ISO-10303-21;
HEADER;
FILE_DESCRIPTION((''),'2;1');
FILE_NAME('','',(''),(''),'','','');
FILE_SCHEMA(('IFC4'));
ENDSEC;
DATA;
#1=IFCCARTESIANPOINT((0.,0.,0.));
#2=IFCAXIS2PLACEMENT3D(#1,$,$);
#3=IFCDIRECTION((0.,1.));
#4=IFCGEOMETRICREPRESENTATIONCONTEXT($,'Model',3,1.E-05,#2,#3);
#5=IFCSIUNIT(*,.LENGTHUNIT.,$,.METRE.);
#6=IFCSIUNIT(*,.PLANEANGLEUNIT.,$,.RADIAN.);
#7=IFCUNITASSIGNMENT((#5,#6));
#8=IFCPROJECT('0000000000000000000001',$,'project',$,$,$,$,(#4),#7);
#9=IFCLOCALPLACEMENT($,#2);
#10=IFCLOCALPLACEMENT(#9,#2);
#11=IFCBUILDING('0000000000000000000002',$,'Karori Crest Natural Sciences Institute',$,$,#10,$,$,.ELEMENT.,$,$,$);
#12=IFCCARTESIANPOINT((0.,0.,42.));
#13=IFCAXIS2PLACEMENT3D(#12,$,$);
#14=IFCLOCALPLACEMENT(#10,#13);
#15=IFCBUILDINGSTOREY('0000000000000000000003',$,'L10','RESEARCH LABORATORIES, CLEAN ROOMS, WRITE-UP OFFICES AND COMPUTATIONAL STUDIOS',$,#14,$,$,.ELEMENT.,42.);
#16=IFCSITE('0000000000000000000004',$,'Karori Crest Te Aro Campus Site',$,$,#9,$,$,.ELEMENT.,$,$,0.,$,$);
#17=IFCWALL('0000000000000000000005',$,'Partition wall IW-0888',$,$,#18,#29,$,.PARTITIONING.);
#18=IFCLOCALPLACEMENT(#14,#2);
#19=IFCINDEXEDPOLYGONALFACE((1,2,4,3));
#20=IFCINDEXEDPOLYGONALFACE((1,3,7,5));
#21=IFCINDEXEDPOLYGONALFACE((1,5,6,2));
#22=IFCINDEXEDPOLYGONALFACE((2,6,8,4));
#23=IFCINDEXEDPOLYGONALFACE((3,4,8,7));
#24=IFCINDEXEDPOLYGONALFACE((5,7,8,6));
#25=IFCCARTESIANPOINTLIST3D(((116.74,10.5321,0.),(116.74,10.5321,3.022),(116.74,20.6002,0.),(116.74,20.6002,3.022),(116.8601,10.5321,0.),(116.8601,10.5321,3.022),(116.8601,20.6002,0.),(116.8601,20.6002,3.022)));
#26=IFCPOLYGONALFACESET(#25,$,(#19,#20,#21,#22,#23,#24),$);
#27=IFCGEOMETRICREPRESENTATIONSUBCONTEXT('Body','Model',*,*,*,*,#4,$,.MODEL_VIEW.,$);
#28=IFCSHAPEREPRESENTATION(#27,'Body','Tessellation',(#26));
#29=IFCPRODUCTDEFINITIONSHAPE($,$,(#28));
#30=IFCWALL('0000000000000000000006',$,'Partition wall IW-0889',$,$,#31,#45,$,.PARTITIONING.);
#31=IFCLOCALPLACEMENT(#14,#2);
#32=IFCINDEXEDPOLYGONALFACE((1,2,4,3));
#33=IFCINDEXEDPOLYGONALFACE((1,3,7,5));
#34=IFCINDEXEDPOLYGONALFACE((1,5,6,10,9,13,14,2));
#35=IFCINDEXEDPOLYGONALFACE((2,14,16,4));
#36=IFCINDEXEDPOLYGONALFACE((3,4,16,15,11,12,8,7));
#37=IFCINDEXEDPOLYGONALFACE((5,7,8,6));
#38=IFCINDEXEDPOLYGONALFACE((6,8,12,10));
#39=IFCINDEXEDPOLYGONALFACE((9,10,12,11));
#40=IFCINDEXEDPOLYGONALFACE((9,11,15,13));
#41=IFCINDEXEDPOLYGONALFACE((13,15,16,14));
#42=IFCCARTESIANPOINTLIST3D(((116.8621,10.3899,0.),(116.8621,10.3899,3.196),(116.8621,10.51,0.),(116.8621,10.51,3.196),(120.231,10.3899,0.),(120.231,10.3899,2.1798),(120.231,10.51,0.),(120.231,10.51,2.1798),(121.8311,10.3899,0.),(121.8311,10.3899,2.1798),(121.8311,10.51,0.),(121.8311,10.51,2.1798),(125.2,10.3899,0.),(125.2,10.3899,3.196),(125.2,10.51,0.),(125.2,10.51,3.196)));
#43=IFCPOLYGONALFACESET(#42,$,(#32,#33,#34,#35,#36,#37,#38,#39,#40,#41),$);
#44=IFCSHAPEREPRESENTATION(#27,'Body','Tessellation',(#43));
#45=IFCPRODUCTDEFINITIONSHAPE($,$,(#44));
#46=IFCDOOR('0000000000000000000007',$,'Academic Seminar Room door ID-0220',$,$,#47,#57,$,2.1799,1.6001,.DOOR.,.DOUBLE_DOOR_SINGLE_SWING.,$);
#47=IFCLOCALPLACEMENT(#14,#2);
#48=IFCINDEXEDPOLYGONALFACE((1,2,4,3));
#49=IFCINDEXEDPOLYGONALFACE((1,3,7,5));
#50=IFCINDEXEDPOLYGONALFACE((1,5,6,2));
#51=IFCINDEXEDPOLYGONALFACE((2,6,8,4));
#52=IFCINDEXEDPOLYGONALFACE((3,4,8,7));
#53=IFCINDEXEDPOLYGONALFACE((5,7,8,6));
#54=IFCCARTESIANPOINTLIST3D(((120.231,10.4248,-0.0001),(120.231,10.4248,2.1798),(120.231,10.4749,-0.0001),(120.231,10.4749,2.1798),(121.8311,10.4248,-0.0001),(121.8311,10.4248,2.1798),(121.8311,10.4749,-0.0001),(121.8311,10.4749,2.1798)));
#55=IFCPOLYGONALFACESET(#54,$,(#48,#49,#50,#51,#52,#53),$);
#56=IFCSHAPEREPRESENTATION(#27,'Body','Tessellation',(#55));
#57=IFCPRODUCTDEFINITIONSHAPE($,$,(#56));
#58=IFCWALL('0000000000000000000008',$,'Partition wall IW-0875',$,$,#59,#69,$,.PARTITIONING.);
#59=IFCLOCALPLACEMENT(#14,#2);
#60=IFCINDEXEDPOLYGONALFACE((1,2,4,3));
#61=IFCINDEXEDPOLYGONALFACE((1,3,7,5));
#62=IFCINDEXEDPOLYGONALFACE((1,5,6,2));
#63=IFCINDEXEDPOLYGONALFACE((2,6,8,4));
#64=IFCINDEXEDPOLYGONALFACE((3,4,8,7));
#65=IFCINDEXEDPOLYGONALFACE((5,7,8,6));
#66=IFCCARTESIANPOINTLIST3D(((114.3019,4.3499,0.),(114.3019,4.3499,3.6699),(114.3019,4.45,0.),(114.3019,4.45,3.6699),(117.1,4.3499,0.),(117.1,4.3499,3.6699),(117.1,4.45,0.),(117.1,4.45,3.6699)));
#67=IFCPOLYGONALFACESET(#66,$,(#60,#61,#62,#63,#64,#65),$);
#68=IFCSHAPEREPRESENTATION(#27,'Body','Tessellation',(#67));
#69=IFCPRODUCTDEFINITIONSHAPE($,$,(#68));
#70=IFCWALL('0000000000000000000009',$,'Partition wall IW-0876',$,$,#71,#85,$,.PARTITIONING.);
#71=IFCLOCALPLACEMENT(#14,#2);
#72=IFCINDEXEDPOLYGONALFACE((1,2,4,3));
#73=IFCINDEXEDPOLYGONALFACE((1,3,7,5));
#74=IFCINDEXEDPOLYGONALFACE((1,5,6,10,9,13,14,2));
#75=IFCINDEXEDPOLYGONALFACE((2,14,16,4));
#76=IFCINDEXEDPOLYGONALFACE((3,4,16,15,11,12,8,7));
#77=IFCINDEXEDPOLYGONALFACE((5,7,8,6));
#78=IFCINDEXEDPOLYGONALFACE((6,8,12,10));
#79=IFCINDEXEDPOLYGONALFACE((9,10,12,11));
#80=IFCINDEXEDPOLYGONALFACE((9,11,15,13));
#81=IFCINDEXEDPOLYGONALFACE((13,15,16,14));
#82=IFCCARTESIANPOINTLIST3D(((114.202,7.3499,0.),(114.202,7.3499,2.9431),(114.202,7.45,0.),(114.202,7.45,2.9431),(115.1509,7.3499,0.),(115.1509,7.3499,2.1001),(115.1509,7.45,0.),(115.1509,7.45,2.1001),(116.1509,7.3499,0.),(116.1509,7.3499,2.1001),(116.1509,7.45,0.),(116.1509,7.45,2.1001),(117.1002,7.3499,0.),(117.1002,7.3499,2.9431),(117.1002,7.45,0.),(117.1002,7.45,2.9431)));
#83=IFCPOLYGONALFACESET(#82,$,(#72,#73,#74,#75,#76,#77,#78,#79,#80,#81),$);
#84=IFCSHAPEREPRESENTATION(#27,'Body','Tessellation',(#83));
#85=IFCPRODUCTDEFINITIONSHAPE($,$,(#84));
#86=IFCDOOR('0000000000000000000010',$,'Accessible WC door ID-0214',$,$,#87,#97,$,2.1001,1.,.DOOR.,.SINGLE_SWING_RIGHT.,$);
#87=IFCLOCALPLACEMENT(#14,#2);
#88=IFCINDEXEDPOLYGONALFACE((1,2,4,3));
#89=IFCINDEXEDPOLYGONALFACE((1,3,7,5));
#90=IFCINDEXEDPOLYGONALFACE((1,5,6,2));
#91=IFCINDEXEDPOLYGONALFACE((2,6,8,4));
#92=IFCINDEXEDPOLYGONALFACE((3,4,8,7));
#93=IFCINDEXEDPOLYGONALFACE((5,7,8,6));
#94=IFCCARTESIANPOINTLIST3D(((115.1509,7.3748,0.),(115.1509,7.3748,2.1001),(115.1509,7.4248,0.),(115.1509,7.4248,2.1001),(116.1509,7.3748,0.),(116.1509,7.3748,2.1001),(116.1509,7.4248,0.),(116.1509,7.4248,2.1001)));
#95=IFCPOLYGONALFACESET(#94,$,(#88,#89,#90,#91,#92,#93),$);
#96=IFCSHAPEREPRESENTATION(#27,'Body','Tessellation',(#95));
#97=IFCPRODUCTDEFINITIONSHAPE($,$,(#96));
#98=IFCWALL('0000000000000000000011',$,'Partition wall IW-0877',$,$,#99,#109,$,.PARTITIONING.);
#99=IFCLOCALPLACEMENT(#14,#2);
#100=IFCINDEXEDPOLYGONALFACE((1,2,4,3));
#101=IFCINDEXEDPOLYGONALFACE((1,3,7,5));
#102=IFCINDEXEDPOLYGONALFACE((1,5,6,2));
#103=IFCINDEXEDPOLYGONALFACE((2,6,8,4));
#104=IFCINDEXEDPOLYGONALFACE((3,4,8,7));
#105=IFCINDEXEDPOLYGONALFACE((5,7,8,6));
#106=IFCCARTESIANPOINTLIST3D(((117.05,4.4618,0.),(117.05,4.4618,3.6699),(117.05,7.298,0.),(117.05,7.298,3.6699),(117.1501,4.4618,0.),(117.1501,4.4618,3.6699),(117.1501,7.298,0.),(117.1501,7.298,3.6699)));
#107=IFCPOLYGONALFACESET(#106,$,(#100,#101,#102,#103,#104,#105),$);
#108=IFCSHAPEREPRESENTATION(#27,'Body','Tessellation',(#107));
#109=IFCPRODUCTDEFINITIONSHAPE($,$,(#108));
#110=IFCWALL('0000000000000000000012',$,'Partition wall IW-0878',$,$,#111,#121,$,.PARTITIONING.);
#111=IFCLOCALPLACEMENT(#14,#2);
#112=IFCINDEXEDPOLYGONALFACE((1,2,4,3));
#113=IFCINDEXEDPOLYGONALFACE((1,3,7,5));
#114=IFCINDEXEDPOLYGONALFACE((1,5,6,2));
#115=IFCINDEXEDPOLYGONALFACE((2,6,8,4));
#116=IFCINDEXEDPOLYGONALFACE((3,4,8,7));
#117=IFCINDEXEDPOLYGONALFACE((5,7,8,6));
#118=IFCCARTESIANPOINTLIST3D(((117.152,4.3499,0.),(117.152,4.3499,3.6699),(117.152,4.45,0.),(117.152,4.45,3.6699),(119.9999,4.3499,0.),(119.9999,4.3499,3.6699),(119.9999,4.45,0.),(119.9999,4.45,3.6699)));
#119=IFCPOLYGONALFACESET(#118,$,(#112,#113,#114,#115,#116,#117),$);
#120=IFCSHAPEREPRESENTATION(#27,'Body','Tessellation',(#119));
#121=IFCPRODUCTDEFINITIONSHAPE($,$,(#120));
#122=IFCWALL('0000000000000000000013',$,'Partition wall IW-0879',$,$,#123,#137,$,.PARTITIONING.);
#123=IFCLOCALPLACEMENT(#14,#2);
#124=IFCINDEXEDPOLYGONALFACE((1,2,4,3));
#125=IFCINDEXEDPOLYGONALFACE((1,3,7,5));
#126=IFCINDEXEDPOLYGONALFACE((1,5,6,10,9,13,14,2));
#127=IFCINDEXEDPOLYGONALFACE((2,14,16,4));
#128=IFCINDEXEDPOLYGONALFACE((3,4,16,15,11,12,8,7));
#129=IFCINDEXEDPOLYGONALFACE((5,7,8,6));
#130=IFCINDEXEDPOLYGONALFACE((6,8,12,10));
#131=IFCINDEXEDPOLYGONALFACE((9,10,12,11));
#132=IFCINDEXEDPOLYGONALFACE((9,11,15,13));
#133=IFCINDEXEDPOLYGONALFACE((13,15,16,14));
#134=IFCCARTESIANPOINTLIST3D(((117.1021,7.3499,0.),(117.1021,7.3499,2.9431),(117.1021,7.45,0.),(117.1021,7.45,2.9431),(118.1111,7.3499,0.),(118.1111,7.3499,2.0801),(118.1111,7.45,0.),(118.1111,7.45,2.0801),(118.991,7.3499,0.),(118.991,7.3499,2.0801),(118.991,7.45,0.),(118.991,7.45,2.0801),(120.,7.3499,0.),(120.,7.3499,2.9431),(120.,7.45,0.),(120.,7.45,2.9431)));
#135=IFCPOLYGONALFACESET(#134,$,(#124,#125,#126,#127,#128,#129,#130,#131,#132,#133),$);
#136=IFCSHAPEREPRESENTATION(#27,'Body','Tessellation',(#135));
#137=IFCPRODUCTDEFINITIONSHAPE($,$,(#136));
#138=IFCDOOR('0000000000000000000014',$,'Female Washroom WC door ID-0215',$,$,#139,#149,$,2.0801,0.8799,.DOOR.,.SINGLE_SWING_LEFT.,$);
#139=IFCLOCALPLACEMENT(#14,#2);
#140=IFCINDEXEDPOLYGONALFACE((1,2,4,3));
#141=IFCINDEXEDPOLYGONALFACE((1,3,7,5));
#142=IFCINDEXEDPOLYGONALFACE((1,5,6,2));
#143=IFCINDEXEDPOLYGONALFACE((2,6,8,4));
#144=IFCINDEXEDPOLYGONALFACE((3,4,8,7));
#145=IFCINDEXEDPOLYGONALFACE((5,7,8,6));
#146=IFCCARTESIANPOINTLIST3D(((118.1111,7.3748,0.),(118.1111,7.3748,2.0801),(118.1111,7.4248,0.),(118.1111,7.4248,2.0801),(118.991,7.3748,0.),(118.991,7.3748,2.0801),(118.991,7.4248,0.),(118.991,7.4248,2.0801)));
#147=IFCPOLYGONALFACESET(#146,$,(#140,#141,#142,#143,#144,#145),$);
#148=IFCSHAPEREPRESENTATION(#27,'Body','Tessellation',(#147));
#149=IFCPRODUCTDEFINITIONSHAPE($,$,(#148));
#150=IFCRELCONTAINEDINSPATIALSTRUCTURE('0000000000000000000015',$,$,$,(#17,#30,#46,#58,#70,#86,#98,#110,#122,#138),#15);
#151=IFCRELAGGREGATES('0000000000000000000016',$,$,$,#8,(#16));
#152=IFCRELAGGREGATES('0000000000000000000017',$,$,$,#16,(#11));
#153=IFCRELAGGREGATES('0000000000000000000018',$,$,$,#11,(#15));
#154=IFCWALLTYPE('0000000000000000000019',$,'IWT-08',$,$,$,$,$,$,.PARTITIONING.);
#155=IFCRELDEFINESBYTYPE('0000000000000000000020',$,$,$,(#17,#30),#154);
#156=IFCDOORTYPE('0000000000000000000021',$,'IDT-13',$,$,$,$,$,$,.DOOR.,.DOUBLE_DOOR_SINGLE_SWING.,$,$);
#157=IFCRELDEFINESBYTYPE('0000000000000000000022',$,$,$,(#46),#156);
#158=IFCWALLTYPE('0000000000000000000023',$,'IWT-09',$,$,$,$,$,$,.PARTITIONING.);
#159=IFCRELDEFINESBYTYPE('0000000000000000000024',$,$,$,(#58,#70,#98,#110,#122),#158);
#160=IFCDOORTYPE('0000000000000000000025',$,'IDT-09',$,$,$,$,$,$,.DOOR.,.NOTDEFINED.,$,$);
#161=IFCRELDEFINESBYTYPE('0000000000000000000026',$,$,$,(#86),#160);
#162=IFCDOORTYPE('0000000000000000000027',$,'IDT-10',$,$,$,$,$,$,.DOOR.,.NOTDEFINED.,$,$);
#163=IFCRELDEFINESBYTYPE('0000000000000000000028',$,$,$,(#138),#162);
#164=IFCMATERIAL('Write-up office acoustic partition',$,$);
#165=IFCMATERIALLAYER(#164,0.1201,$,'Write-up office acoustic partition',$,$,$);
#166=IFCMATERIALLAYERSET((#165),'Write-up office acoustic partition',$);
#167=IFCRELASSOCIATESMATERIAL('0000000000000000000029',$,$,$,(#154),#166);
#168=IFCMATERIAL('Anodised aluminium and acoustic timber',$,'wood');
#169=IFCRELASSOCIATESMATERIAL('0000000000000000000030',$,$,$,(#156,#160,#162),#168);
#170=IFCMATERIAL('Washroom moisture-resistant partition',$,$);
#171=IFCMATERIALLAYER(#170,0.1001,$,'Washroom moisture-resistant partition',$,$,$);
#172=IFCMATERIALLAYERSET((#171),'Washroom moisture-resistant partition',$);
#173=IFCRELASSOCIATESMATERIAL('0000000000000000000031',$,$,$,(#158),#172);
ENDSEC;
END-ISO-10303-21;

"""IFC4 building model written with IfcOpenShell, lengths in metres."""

from ifc_helpers import new_model, si_unit, direction, frame, frame_2d, origin, place, context, subcontext, project, spatial, rectangle, extrude, material, layer, layer_set, type_object, element, fill, save


model = new_model("IFC4")

# Units and contexts
model_context = context("Model", 3, precision=1e-05, world=origin(), true_north=direction((0.0, 1.0)))
body_context = subcontext(model_context, "Body", "Model", "MODEL_VIEW")
ifc_project = project(units=[si_unit("LENGTHUNIT", "METRE"), si_unit("PLANEANGLEUNIT", "RADIAN")], contexts=[model_context])

# Site, building, storey
site_placement = place(None, origin())
site = spatial("IfcSite", under=ifc_project, at=site_placement, Name="Karori Crest Te Aro Campus Site", CompositionType="ELEMENT", RefElevation=0.0)
building_placement = place(site_placement, origin())
building = spatial("IfcBuilding", under=site, at=building_placement, Name="Karori Crest Natural Sciences Institute", CompositionType="ELEMENT")
storey_placement = place(building_placement, frame((0.0, 0.0, 42.0)))
storey = spatial("IfcBuildingStorey", under=building, at=storey_placement, Name="L10", Description="RESEARCH LABORATORIES, CLEAN ROOMS, WRITE-UP OFFICES AND COMPUTATIONAL STUDIOS", CompositionType="ELEMENT", Elevation=42.0)

# Wall
ifc_material_1 = material(Name="Write-up office acoustic partition")
ifc_layer_1 = layer(ifc_material_1, 0.1201, Name="Write-up office acoustic partition")
ifc_layer_set_1 = layer_set([ifc_layer_1], Name="Write-up office acoustic partition")
wall_type_1 = type_object("IfcWallType", Name="IWT-08", PredefinedType="PARTITIONING", material=ifc_layer_set_1)
wall_1_placement = place(storey_placement, frame((116.8, 10.532, 0.0), z_axis=(0.0, 0.0, 1.0), x_axis=(0.0, 1.0, 0.0)))
element("IfcWall", 1, at=wall_1_placement, inside=storey, type_object=wall_type_1, Name="Partition wall IW-0888", PredefinedType="PARTITIONING", context=body_context, shape_type="SweptSolid", body=[
    extrude(rectangle(XDim=10.0681, YDim=0.1201, at=frame_2d((5.0342, 0.0))), origin(), (0.0, 0.0, 1.0), 3.022),
])

# Wall, opening, door
wall_2_placement = place(storey_placement, frame((116.8621, 10.45, 0.0), z_axis=(0.0, 0.0, 1.0), x_axis=(1.0, 0.0, 0.0)))
wall_2 = element("IfcWall", 2, at=wall_2_placement, inside=storey, type_object=wall_type_1, Name="Partition wall IW-0889", PredefinedType="PARTITIONING", context=body_context, shape_type="SweptSolid", body=[
    extrude(rectangle(XDim=8.3379, YDim=0.1201, at=frame_2d((4.1689, 0.0))), origin(), (0.0, 0.0, 1.0), 3.196),
])
opening_1_placement = place(wall_2_placement, frame((3.3689, 0.0, 0.0)))
opening_1 = element("IfcOpeningElement", 3, at=opening_1_placement, cuts=wall_2, PredefinedType="OPENING", context=body_context, shape_type="SweptSolid", body=[
    extrude(rectangle(XDim=1.6001, YDim=2.1799, at=frame_2d((0.8, 1.0898))), frame((0.0, 0.0701, 0.0), z_axis=(0.0, -1.0, 0.0), x_axis=(1.0, 0.0, 0.0)), (0.0, 0.0, 1.0), 0.1401),
])
ifc_material_2 = material(Name="Anodised aluminium and acoustic timber", Category="wood")
door_type_1 = type_object("IfcDoorType", Name="IDT-13", OperationType="DOUBLE_DOOR_SINGLE_SWING", PredefinedType="DOOR", material=ifc_material_2)
door_1_placement = place(opening_1_placement, origin())
door_1 = element("IfcDoor", 4, at=door_1_placement, inside=storey, type_object=door_type_1, Name="Academic Seminar Room door ID-0220", OperationType="DOUBLE_DOOR_SINGLE_SWING", OverallHeight=2.1799, OverallWidth=1.6001, PredefinedType="DOOR", context=body_context, shape_type="SweptSolid", body=[
    extrude(rectangle(XDim=1.6001, YDim=2.1799, at=frame_2d((0.8, 1.0898))), frame((0.0, 0.0249, 0.0), z_axis=(0.0, -1.0, 0.0), x_axis=(1.0, 0.0, 0.0)), (0.0, 0.0, 1.0), 0.05),
])
fill(opening_1, door_1)

# Wall
ifc_material_3 = material(Name="Washroom moisture-resistant partition")
ifc_layer_2 = layer(ifc_material_3, 0.1001, Name="Washroom moisture-resistant partition")
ifc_layer_set_2 = layer_set([ifc_layer_2], Name="Washroom moisture-resistant partition")
wall_type_2 = type_object("IfcWallType", Name="IWT-09", PredefinedType="PARTITIONING", material=ifc_layer_set_2)
wall_3_placement = place(storey_placement, frame((114.302, 4.3999, 0.0), z_axis=(0.0, 0.0, 1.0), x_axis=(1.0, 0.0, 0.0)))
element("IfcWall", 5, at=wall_3_placement, inside=storey, type_object=wall_type_2, Name="Partition wall IW-0875", PredefinedType="PARTITIONING", context=body_context, shape_type="SweptSolid", body=[
    extrude(rectangle(XDim=2.7981, YDim=0.1001, at=frame_2d((1.3989, 0.0))), origin(), (0.0, 0.0, 1.0), 3.6699),
])

# Wall, opening, door
wall_4_placement = place(storey_placement, frame((114.2019, 7.3999, 0.0), z_axis=(0.0, 0.0, 1.0), x_axis=(1.0, 0.0, 0.0)))
wall_4 = element("IfcWall", 6, at=wall_4_placement, inside=storey, type_object=wall_type_2, Name="Partition wall IW-0876", PredefinedType="PARTITIONING", context=body_context, shape_type="SweptSolid", body=[
    extrude(rectangle(XDim=2.8982, YDim=0.1001, at=frame_2d((1.4492, 0.0))), origin(), (0.0, 0.0, 1.0), 2.9431),
])
opening_2_placement = place(wall_4_placement, frame((0.949, 0.0, 0.0)))
opening_2 = element("IfcOpeningElement", 7, at=opening_2_placement, cuts=wall_4, PredefinedType="OPENING", context=body_context, shape_type="SweptSolid", body=[
    extrude(rectangle(XDim=1.0, YDim=2.1001, at=frame_2d((0.5, 1.05))), frame((0.0, 0.0601, 0.0), z_axis=(0.0, -1.0, 0.0), x_axis=(1.0, 0.0, 0.0)), (0.0, 0.0, 1.0), 0.1201),
])
door_type_2 = type_object("IfcDoorType", Name="IDT-09", OperationType="NOTDEFINED", PredefinedType="DOOR", material=ifc_material_2)
door_2_placement = place(opening_2_placement, origin())
door_2 = element("IfcDoor", 8, at=door_2_placement, inside=storey, type_object=door_type_2, Name="Accessible WC door ID-0214", OperationType="SINGLE_SWING_RIGHT", OverallHeight=2.1001, OverallWidth=1.0, PredefinedType="DOOR", context=body_context, shape_type="SweptSolid", body=[
    extrude(rectangle(XDim=1.0, YDim=2.1001, at=frame_2d((0.5, 1.05))), frame((0.0, 0.0249, 0.0), z_axis=(0.0, -1.0, 0.0), x_axis=(1.0, 0.0, 0.0)), (0.0, 0.0, 1.0), 0.05),
])
fill(opening_2, door_2)

# Walls
wall_5_placement = place(storey_placement, frame((117.1001, 4.4619, 0.0), z_axis=(0.0, 0.0, 1.0), x_axis=(0.0, 1.0, 0.0)))
element("IfcWall", 9, at=wall_5_placement, inside=storey, type_object=wall_type_2, Name="Partition wall IW-0877", PredefinedType="PARTITIONING", context=body_context, shape_type="SweptSolid", body=[
    extrude(rectangle(XDim=2.8362, YDim=0.1001, at=frame_2d((1.418, 0.0))), origin(), (0.0, 0.0, 1.0), 3.6699),
])
wall_6_placement = place(storey_placement, frame((117.1521, 4.3999, 0.0), z_axis=(0.0, 0.0, 1.0), x_axis=(1.0, 0.0, 0.0)))
element("IfcWall", 10, at=wall_6_placement, inside=storey, type_object=wall_type_2, Name="Partition wall IW-0878", PredefinedType="PARTITIONING", context=body_context, shape_type="SweptSolid", body=[
    extrude(rectangle(XDim=2.8479, YDim=0.1001, at=frame_2d((1.4238, 0.0))), origin(), (0.0, 0.0, 1.0), 3.6699),
])

# Wall, opening, door
wall_7_placement = place(storey_placement, frame((117.1021, 7.3999, 0.0), z_axis=(0.0, 0.0, 1.0), x_axis=(1.0, 0.0, 0.0)))
wall_7 = element("IfcWall", 11, at=wall_7_placement, inside=storey, type_object=wall_type_2, Name="Partition wall IW-0879", PredefinedType="PARTITIONING", context=body_context, shape_type="SweptSolid", body=[
    extrude(rectangle(XDim=2.8979, YDim=0.1001, at=frame_2d((1.449, 0.0))), origin(), (0.0, 0.0, 1.0), 2.9431),
])
opening_3_placement = place(wall_7_placement, frame((1.009, 0.0, 0.0)))
opening_3 = element("IfcOpeningElement", 12, at=opening_3_placement, cuts=wall_7, PredefinedType="OPENING", context=body_context, shape_type="SweptSolid", body=[
    extrude(rectangle(XDim=0.8799, YDim=2.0801, at=frame_2d((0.4399, 1.04))), frame((0.0, 0.0601, 0.0), z_axis=(0.0, -1.0, 0.0), x_axis=(1.0, 0.0, 0.0)), (0.0, 0.0, 1.0), 0.1201),
])
door_type_3 = type_object("IfcDoorType", Name="IDT-10", OperationType="NOTDEFINED", PredefinedType="DOOR", material=ifc_material_2)
door_3_placement = place(opening_3_placement, origin())
door_3 = element("IfcDoor", 13, at=door_3_placement, inside=storey, type_object=door_type_3, Name="Female Washroom WC door ID-0215", OperationType="SINGLE_SWING_LEFT", OverallHeight=2.0801, OverallWidth=0.8799, PredefinedType="DOOR", context=body_context, shape_type="SweptSolid", body=[
    extrude(rectangle(XDim=0.8799, YDim=2.0801, at=frame_2d((0.4399, 1.04))), frame((0.0, 0.0249, 0.0), z_axis=(0.0, -1.0, 0.0), x_axis=(1.0, 0.0, 0.0)), (0.0, 0.0, 1.0), 0.05),
])
fill(opening_3, door_3)

save(model, "model.ifc")
